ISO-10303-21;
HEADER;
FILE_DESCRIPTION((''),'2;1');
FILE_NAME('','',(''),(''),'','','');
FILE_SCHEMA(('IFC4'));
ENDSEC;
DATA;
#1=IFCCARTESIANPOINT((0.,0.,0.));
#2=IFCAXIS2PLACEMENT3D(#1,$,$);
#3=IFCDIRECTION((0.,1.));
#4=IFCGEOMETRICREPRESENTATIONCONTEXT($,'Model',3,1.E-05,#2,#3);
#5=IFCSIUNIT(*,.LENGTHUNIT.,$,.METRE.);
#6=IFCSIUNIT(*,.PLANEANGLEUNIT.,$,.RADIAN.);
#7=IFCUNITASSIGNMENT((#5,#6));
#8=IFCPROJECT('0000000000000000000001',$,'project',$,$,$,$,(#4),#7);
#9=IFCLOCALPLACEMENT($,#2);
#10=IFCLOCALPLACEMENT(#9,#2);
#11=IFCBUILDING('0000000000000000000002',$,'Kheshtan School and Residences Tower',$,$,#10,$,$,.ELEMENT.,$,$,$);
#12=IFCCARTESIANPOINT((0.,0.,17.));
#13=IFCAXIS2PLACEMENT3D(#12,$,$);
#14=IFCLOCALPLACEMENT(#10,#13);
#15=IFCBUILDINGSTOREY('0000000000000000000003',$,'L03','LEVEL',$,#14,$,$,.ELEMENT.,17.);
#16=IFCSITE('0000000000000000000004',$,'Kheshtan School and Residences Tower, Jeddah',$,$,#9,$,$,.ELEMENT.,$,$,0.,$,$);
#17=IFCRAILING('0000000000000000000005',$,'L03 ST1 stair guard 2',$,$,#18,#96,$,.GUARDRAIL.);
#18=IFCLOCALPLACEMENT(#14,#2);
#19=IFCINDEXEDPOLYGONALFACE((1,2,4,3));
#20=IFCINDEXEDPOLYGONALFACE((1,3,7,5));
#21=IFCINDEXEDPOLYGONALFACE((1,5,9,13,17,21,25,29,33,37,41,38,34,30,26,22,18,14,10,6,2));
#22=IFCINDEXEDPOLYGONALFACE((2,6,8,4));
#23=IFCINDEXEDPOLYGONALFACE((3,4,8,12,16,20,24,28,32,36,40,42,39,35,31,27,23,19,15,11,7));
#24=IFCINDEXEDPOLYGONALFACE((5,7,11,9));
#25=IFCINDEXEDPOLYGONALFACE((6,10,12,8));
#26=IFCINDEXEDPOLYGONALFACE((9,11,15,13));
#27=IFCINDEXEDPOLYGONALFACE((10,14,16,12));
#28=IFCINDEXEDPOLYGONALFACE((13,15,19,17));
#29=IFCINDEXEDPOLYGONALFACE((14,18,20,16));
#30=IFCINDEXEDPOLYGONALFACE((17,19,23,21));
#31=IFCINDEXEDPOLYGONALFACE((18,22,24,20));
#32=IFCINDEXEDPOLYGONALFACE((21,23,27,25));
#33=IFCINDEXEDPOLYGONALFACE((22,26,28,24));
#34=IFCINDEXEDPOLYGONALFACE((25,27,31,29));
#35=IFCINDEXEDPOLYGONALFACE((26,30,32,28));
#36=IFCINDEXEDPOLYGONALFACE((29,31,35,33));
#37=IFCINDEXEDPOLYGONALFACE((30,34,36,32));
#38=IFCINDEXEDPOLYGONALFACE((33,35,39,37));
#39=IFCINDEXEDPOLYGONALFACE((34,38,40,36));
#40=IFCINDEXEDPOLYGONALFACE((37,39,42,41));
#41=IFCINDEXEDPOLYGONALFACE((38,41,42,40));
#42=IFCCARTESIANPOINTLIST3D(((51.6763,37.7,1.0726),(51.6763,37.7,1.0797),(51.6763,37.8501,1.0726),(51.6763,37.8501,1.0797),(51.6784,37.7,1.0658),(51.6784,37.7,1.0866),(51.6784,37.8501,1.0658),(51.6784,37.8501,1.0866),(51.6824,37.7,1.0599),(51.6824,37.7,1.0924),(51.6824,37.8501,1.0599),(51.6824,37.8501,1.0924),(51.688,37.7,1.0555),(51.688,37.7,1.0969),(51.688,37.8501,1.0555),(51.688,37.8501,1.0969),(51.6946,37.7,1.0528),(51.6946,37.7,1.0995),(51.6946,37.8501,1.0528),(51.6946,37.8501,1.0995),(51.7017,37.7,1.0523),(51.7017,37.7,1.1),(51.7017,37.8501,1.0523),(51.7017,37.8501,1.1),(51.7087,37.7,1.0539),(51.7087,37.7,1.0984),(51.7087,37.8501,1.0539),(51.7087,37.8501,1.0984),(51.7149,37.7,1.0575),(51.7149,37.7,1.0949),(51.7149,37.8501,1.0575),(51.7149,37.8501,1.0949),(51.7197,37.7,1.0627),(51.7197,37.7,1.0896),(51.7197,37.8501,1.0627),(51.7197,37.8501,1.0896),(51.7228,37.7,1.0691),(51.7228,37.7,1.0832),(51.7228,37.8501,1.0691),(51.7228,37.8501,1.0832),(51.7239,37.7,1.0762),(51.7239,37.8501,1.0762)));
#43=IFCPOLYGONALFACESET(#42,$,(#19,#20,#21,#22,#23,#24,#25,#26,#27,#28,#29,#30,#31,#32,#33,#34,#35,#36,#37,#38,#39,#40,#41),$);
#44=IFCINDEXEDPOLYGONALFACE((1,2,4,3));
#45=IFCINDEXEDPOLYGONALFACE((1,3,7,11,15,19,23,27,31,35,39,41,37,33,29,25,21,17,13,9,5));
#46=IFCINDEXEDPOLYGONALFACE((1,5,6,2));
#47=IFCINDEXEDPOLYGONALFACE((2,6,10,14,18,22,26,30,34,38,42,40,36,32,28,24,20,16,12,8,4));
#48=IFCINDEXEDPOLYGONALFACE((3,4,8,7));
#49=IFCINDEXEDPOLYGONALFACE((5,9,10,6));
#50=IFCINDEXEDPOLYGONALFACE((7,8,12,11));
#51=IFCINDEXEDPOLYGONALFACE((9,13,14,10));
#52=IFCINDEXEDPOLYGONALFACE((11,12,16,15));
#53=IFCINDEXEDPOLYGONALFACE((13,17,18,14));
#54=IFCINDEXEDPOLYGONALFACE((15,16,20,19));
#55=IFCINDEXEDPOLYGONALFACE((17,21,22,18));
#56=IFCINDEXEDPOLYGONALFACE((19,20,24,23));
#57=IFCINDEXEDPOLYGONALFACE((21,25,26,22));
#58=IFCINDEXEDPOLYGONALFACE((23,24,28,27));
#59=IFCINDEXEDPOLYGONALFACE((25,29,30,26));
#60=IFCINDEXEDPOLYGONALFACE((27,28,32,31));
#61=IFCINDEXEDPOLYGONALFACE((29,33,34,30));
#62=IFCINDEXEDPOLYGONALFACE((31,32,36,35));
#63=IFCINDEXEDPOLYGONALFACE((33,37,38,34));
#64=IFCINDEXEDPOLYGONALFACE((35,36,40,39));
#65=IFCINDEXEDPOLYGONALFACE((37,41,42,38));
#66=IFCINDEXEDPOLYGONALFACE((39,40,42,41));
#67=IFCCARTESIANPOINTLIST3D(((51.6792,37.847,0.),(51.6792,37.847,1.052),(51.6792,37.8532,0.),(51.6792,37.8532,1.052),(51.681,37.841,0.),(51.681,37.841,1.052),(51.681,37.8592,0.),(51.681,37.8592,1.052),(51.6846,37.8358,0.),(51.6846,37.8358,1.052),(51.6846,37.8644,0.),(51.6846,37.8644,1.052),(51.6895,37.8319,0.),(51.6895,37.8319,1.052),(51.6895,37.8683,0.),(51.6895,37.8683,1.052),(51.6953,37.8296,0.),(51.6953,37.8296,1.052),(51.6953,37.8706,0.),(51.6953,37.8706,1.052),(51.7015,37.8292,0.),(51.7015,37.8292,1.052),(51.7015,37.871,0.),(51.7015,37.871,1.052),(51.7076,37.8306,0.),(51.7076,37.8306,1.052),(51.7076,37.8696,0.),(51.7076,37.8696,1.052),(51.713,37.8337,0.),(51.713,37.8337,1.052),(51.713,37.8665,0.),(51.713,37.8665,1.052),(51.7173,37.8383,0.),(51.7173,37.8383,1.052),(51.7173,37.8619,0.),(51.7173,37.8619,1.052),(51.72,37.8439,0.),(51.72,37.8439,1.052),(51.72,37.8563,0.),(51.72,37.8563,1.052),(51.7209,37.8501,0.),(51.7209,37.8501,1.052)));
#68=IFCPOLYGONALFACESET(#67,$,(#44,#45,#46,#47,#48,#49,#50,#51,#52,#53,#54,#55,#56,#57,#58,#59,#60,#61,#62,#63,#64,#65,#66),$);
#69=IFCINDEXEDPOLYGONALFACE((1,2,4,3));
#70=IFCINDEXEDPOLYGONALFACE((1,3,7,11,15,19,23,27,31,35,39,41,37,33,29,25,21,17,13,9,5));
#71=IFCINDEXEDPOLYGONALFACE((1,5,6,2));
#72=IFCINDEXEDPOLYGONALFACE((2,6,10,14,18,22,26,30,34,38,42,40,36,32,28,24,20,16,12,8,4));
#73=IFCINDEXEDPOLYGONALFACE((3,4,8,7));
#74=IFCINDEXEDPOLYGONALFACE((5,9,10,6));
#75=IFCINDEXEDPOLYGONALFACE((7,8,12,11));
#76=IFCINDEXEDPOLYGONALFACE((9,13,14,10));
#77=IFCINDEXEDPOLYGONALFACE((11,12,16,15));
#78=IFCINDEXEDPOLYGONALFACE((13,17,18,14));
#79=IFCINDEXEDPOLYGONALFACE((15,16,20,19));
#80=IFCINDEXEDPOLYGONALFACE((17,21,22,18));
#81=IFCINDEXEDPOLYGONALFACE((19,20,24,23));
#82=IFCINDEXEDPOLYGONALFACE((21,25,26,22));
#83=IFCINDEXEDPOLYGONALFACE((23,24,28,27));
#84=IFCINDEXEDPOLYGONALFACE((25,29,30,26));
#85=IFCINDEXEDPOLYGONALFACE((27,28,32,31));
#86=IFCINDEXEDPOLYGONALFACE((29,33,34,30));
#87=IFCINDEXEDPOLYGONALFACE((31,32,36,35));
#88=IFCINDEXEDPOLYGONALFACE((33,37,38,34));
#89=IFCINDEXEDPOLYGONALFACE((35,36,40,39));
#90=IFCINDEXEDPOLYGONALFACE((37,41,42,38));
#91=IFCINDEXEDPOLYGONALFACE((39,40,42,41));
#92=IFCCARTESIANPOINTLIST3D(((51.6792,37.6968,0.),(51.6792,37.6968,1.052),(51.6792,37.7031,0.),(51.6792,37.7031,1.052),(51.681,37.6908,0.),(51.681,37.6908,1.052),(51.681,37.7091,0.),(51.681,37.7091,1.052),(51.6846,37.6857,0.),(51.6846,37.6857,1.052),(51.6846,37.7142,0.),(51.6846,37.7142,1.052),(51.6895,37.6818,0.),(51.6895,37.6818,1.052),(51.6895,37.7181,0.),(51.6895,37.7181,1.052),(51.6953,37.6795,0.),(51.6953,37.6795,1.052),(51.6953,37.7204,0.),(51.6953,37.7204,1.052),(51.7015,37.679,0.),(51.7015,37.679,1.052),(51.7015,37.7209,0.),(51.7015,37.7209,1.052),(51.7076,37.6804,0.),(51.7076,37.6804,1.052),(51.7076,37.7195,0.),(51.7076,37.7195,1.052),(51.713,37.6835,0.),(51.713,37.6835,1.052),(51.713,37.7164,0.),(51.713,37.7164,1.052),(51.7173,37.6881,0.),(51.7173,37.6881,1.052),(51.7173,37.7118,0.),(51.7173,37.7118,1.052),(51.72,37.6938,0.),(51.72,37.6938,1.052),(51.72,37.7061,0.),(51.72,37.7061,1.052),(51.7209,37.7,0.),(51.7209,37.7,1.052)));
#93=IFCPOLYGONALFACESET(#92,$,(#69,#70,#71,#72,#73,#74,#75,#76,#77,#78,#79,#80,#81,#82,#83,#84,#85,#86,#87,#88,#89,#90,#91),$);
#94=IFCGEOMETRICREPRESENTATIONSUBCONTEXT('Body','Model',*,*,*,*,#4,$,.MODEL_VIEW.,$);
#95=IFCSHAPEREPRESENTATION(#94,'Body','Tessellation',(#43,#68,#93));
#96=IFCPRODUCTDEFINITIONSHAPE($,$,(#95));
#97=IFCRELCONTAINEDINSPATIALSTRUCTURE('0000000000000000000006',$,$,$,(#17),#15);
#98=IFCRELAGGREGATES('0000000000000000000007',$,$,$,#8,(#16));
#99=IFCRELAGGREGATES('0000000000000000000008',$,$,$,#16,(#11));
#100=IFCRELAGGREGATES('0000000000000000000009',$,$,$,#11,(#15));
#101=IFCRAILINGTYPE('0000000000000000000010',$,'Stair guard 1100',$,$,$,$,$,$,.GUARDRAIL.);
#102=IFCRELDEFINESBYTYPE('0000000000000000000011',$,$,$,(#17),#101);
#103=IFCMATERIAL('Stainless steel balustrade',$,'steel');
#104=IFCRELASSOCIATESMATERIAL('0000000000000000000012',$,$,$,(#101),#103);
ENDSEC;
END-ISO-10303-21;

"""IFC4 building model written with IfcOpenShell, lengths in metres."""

from ifc_helpers import new_model, si_unit, direction, frame, origin, origin_2d, place, context, subcontext, project, spatial, circle, extrude, material, type_object, element, save


model = new_model("IFC4")

# Units and contexts
model_context = context("Model", 3, precision=1e-05, world=origin(), true_north=direction((0.0, 1.0)))
body_context = subcontext(model_context, "Body", "Model", "MODEL_VIEW")
ifc_project = project(units=[si_unit("LENGTHUNIT", "METRE"), si_unit("PLANEANGLEUNIT", "RADIAN")], contexts=[model_context])

# Site, building, storey
site_placement = place(None, origin())
site = spatial("IfcSite", under=ifc_project, at=site_placement, Name="Kheshtan School and Residences Tower, Jeddah", CompositionType="ELEMENT", RefElevation=0.0)
building_placement = place(site_placement, origin())
building = spatial("IfcBuilding", under=site, at=building_placement, Name="Kheshtan School and Residences Tower", CompositionType="ELEMENT")
storey_placement = place(building_placement, frame((0.0, 0.0, 17.0)))
storey = spatial("IfcBuildingStorey", under=building, at=storey_placement, Name="L03", Description="LEVEL", CompositionType="ELEMENT", Elevation=17.0)

# Railing
ifc_material_1 = material(Name="Stainless steel balustrade", Category="steel")
railing_type_1 = type_object("IfcRailingType", Name="Stair guard 1100", PredefinedType="GUARDRAIL", material=ifc_material_1)
railing_1_placement = place(storey_placement, frame((51.7, 37.8501, 0.0)))
element("IfcRailing", 1, at=railing_1_placement, inside=storey, type_object=railing_type_1, Name="L03 ST1 stair guard 2", PredefinedType="GUARDRAIL", context=body_context, shape_type="SweptSolid", body=[
    extrude(circle(Radius=0.0239, at=origin_2d()), frame((0.0, 0.0, 1.0762), z_axis=(0.0, -1.0, 0.0), x_axis=(1.0, 0.0, 0.0)), (0.0, 0.0, 1.0), 0.1501),
    extrude(circle(Radius=0.021, at=origin_2d()), origin(), (0.0, 0.0, 1.0), 1.052),
    extrude(circle(Radius=0.021, at=origin_2d()), frame((0.0, -0.1501, 0.0)), (0.0, 0.0, 1.0), 1.052),
])

save(model, "model.ifc")
